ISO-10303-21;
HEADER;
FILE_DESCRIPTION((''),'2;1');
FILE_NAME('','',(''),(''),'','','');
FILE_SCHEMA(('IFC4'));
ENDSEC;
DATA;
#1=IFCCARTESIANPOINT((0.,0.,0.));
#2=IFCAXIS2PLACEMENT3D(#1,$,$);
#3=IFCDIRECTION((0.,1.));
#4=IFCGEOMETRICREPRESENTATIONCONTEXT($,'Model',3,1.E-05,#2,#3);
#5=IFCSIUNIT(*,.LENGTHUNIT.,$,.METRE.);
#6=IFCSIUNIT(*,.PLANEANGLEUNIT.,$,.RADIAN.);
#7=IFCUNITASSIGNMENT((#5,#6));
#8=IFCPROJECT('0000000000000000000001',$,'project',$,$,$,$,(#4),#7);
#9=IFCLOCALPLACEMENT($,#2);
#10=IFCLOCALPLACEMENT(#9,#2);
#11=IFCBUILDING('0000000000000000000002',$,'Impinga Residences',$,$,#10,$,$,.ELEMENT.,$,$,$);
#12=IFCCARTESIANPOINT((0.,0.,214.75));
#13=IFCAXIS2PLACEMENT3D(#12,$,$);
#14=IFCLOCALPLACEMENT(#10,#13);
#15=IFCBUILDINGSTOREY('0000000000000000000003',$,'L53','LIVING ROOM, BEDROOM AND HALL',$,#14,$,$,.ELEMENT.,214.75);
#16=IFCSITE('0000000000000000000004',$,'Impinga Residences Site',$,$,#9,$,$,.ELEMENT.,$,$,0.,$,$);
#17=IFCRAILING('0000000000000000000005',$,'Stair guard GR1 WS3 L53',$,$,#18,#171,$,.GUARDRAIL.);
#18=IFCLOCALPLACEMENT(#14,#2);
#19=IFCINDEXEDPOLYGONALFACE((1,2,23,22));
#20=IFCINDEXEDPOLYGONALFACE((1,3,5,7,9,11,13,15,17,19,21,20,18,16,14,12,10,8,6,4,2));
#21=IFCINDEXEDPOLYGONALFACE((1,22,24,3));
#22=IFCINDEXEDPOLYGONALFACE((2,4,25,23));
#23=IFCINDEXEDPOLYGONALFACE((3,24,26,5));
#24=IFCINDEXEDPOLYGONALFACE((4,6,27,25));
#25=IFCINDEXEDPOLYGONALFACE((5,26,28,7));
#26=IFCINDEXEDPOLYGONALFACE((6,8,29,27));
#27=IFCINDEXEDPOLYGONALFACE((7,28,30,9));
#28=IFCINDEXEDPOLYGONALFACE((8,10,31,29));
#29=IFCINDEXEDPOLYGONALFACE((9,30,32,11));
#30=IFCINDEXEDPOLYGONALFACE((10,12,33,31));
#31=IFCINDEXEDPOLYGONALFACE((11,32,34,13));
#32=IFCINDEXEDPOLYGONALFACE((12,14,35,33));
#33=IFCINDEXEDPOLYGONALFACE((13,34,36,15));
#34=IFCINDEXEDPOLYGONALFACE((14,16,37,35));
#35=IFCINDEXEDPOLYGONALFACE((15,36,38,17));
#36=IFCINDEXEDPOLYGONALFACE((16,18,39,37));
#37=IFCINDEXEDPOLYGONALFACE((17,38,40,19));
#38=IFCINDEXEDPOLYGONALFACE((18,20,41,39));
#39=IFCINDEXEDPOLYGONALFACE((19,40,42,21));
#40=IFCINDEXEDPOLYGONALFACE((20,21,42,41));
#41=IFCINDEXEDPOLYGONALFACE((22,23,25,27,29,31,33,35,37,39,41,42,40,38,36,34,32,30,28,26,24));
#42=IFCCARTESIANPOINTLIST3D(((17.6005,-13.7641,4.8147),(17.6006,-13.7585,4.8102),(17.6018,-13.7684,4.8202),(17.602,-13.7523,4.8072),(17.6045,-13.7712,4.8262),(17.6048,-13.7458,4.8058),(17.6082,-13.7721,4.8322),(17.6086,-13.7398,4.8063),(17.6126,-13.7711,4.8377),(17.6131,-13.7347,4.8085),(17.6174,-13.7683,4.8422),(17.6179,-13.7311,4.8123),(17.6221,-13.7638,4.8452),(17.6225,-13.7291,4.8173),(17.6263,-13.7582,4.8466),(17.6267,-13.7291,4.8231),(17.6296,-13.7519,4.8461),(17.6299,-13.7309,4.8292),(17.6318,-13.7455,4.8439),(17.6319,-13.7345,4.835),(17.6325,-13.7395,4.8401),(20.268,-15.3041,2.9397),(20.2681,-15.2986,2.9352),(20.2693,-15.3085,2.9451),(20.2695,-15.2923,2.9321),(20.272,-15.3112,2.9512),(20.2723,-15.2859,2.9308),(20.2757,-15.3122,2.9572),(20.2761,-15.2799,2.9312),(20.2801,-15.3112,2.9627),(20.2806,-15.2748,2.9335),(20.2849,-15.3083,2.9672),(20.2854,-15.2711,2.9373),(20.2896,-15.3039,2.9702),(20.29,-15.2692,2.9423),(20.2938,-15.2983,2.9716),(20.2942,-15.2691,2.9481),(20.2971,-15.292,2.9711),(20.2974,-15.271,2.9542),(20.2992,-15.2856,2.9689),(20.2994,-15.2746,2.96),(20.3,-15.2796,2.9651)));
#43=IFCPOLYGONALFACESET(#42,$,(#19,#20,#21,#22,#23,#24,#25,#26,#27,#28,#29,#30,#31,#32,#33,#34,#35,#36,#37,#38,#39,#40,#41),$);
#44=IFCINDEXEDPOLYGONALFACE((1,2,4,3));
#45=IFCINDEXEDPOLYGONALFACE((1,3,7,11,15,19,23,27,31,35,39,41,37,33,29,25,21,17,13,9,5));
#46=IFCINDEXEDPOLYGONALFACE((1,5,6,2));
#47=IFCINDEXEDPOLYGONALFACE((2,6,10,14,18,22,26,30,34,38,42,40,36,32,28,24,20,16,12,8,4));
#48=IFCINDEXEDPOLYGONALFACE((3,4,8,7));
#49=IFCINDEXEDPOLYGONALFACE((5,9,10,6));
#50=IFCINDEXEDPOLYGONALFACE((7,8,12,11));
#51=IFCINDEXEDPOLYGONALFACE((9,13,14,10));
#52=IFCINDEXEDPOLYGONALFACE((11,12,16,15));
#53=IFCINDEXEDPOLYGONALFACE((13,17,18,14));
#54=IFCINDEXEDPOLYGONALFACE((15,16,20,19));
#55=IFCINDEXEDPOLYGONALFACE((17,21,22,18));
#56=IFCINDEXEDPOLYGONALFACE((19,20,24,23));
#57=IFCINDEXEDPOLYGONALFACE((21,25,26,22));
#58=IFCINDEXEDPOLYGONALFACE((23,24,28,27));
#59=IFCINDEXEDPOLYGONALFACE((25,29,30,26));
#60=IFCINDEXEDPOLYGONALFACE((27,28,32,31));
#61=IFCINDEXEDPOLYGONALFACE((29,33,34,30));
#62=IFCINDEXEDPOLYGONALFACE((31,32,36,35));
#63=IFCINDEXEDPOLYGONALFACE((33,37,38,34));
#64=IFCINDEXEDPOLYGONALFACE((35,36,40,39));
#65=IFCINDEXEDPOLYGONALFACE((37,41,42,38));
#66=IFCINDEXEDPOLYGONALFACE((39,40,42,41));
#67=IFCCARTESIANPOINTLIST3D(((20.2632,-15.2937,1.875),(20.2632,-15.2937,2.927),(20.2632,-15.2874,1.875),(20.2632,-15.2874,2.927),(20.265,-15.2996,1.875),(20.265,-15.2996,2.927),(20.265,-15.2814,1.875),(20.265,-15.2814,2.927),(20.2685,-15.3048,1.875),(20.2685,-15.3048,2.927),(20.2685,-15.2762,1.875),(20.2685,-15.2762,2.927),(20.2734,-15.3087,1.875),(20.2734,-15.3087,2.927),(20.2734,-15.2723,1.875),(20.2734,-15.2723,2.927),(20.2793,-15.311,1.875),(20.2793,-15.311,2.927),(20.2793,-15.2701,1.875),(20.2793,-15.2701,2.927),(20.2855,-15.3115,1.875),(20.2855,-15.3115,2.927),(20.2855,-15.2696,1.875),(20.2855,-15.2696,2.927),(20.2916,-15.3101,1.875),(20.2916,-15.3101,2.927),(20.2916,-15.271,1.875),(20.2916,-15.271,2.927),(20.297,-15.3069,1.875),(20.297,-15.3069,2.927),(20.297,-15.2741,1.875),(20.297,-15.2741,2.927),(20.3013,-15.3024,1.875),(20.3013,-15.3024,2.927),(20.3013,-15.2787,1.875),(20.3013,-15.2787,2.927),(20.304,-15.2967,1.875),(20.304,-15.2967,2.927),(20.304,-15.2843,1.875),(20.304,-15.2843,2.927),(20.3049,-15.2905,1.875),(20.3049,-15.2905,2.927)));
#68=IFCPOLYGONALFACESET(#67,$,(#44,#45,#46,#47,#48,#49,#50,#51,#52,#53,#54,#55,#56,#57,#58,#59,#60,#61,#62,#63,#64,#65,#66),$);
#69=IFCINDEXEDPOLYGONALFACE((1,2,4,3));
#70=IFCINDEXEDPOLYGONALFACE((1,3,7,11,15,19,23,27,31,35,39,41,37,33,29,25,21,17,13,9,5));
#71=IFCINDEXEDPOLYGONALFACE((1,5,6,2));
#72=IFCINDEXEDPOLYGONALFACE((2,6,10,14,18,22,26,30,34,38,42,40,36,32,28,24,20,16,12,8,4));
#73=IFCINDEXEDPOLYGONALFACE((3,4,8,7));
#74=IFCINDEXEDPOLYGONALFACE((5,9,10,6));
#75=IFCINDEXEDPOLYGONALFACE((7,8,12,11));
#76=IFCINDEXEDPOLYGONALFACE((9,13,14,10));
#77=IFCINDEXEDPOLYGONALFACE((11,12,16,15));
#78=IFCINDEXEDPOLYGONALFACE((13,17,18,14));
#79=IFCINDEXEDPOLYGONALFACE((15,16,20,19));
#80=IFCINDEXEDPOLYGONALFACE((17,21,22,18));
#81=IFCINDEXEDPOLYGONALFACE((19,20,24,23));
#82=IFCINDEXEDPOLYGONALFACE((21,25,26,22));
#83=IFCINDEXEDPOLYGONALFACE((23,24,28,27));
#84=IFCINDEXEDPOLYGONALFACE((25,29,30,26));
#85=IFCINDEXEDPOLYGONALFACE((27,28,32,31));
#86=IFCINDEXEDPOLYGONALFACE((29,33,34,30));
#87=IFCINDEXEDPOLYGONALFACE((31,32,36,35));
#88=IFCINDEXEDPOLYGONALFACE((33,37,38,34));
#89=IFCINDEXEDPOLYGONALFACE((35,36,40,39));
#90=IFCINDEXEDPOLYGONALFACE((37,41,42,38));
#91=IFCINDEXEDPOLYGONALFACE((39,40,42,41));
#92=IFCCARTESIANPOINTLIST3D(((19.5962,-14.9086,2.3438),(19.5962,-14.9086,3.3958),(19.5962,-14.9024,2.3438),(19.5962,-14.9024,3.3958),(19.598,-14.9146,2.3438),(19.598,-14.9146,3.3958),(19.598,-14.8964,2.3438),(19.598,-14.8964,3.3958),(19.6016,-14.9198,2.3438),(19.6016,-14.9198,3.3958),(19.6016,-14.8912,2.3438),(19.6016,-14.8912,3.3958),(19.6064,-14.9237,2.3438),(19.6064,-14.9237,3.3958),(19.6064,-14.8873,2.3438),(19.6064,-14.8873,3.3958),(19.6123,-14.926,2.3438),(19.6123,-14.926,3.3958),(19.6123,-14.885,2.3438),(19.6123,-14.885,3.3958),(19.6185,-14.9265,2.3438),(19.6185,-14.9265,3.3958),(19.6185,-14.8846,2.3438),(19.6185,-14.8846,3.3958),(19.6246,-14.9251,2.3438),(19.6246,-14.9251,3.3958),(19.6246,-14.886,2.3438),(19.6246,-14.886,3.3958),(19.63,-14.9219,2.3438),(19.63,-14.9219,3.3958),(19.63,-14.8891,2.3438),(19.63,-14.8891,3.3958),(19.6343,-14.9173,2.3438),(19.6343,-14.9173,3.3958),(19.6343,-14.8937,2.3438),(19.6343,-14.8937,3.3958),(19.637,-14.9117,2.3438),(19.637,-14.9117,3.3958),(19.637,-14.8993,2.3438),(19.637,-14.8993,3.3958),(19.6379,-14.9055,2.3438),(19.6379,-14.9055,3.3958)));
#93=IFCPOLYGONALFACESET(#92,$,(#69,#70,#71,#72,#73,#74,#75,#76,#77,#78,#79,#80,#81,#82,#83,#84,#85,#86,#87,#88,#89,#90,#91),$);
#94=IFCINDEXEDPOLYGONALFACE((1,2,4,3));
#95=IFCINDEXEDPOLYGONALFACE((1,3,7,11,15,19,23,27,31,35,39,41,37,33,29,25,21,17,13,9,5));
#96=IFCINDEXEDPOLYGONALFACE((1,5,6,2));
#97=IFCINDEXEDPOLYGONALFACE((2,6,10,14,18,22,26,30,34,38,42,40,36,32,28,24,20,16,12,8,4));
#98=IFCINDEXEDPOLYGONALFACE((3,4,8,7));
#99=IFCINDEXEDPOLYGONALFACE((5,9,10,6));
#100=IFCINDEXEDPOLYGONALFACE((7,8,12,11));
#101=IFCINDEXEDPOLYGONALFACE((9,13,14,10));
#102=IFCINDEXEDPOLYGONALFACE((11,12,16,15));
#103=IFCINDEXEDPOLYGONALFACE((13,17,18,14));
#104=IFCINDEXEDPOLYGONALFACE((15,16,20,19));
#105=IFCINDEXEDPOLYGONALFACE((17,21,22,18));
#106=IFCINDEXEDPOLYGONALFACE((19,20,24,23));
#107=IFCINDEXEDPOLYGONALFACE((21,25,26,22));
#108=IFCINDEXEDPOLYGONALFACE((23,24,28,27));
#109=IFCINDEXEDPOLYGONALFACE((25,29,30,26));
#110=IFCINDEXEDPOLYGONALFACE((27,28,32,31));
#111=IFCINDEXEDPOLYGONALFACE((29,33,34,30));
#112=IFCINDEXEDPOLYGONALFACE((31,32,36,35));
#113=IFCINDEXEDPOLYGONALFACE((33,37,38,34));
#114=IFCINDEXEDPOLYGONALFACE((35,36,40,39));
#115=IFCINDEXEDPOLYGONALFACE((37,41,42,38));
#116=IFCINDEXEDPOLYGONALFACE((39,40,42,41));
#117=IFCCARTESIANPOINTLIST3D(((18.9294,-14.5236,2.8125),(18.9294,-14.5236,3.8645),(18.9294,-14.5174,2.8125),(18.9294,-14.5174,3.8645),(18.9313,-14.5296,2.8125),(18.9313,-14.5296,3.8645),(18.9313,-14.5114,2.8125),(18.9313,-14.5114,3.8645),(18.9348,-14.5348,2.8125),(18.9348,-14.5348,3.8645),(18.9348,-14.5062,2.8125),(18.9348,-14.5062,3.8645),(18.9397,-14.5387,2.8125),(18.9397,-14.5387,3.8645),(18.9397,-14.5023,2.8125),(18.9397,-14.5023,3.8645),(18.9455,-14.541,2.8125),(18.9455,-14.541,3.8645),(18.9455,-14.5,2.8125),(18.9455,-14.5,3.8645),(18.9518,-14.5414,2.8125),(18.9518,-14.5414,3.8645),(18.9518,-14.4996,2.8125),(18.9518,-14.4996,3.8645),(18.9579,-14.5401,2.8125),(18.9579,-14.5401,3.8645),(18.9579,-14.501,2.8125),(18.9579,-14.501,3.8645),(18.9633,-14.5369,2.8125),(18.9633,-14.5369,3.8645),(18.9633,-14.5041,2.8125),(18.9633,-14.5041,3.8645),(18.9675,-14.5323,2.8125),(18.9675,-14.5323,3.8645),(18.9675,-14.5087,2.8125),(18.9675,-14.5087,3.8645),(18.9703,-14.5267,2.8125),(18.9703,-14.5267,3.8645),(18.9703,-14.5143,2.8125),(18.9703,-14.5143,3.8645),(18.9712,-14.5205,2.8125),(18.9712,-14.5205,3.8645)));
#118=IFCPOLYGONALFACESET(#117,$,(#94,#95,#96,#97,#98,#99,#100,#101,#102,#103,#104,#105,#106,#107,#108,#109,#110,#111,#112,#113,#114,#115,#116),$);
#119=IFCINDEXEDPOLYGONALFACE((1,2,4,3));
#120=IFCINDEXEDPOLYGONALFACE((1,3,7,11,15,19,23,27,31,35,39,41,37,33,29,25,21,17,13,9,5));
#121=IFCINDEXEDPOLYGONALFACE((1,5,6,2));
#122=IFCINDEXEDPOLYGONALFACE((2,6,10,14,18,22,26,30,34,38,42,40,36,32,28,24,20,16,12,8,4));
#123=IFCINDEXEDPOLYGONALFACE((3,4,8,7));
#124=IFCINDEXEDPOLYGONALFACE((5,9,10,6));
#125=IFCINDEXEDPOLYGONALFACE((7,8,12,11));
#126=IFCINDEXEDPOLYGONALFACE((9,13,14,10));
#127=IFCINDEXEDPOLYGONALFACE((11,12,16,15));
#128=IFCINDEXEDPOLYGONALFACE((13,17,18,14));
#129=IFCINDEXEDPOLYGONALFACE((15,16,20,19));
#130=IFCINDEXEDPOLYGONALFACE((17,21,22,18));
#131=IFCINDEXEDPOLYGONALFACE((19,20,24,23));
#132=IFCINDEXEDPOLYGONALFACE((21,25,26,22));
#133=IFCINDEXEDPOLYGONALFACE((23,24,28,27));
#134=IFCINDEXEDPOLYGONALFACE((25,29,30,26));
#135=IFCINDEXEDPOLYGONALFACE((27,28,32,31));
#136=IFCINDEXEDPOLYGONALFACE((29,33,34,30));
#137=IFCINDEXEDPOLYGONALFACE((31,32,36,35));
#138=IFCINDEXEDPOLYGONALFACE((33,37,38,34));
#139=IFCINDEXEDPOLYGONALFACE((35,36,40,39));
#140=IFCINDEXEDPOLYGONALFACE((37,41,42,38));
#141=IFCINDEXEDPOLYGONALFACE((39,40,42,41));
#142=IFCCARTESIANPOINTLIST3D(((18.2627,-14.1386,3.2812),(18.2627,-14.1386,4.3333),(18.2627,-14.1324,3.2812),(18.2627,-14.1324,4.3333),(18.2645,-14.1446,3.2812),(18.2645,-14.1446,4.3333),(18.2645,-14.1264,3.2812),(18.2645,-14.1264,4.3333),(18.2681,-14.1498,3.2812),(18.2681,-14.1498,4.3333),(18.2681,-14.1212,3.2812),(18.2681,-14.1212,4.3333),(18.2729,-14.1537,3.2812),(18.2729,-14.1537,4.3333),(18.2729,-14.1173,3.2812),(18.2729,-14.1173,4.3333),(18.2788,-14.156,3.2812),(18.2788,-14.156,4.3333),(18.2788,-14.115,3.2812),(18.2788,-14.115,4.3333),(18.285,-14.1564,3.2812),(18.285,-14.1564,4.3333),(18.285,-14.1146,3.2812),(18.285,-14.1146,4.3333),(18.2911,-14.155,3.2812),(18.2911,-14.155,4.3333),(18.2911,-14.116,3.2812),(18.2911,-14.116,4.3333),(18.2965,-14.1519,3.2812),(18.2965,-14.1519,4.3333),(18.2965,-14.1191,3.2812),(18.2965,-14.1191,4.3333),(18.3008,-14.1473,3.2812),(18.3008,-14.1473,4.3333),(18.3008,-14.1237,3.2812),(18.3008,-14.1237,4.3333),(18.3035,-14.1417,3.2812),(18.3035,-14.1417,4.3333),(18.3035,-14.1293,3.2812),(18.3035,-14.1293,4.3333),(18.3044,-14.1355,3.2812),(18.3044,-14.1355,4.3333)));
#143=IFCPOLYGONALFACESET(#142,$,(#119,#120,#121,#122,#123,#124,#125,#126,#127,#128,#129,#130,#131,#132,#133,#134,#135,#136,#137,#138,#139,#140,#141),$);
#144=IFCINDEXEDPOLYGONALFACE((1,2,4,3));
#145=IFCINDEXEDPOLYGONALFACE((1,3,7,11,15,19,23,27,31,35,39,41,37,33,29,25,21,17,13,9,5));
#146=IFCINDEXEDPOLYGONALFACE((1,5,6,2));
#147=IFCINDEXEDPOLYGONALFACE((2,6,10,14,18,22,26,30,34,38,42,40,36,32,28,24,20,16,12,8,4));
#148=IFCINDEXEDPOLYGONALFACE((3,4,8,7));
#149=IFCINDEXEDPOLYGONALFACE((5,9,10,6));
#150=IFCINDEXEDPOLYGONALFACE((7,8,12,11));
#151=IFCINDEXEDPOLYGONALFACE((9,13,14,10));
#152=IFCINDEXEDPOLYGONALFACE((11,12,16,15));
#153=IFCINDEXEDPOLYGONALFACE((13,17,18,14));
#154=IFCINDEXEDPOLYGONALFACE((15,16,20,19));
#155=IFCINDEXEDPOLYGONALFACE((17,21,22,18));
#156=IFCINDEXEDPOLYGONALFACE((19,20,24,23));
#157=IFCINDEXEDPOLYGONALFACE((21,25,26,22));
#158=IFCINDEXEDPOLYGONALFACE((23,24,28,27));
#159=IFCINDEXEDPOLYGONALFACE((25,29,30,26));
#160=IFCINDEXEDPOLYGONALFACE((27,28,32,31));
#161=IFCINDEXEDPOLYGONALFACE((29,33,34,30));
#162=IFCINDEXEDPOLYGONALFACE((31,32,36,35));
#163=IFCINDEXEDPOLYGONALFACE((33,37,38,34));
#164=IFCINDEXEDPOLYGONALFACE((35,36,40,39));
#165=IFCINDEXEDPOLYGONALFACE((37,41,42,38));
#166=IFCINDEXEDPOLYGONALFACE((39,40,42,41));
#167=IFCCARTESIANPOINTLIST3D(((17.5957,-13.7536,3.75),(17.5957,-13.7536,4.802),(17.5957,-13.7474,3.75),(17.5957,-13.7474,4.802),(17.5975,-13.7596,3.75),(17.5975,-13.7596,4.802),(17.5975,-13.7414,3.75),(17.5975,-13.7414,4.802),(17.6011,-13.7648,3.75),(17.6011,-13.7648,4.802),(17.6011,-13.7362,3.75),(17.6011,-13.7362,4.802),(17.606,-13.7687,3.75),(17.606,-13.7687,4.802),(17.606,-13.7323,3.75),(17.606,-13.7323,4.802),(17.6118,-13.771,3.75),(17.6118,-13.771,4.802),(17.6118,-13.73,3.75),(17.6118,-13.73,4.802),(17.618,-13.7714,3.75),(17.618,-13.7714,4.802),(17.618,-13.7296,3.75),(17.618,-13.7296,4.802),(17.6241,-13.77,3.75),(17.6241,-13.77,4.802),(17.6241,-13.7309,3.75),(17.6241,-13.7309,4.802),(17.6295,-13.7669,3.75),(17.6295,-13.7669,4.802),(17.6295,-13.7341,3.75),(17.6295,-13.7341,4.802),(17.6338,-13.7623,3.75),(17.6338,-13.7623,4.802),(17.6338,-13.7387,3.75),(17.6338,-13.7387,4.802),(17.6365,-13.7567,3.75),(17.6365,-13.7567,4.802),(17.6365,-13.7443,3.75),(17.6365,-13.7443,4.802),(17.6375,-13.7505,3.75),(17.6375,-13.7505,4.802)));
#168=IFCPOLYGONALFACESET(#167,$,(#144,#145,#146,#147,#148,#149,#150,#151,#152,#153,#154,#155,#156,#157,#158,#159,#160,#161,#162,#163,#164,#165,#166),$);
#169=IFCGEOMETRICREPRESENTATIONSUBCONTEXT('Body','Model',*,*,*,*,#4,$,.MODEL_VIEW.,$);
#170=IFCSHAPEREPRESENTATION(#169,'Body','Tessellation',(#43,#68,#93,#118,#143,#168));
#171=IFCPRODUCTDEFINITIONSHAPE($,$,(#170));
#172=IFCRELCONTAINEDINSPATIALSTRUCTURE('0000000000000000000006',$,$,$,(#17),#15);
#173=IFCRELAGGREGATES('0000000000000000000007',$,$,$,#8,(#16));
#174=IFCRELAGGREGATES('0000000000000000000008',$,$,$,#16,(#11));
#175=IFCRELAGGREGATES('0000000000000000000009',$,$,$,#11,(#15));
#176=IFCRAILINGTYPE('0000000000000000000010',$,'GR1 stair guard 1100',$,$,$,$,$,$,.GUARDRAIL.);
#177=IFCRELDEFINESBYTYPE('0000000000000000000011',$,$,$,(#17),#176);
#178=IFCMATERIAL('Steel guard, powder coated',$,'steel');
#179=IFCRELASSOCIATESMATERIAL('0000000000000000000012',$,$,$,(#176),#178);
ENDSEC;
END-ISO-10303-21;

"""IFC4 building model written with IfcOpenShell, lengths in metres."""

from ifc_helpers import new_model, si_unit, direction, frame, origin, origin_2d, place, context, subcontext, project, spatial, circle, extrude, material, type_object, element, save


model = new_model("IFC4")

# Units and contexts
model_context = context("Model", 3, precision=1e-05, world=origin(), true_north=direction((0.0, 1.0)))
body_context = subcontext(model_context, "Body", "Model", "MODEL_VIEW")
ifc_project = project(units=[si_unit("LENGTHUNIT", "METRE"), si_unit("PLANEANGLEUNIT", "RADIAN")], contexts=[model_context])

# Site, building, storey
site_placement = place(None, origin())
site = spatial("IfcSite", under=ifc_project, at=site_placement, Name="Impinga Residences Site", CompositionType="ELEMENT", RefElevation=0.0)
building_placement = place(site_placement, origin())
building = spatial("IfcBuilding", under=site, at=building_placement, Name="Impinga Residences", CompositionType="ELEMENT")
storey_placement = place(building_placement, frame((0.0, 0.0, 214.75)))
storey = spatial("IfcBuildingStorey", under=building, at=storey_placement, Name="L53", Description="LIVING ROOM, BEDROOM AND HALL", CompositionType="ELEMENT", Elevation=214.75)

# Railing
ifc_material_1 = material(Name="Steel guard, powder coated", Category="steel")
railing_type_1 = type_object("IfcRailingType", Name="GR1 stair guard 1100", PredefinedType="GUARDRAIL", material=ifc_material_1)
railing_1_placement = place(storey_placement, frame((20.2839, -15.2905, 1.875)))
element("IfcRailing", 1, at=railing_1_placement, inside=storey, type_object=railing_type_1, Name="Stair guard GR1 WS3 L53", PredefinedType="GUARDRAIL", context=body_context, shape_type="SweptSolid", body=[
    extrude(circle(Radius=0.0239, at=origin_2d()), frame((0.0, 0.0, 1.0762), z_axis=(-0.739746, 0.427084, 0.519975), x_axis=(-0.499992, -0.86603, 0.0)), (0.0, 0.0, 1.0), 3.606),
    extrude(circle(Radius=0.021, at=origin_2d()), origin(), (0.0, 0.0, 1.0), 1.052),
    extrude(circle(Radius=0.021, at=origin_2d()), frame((-0.667, 0.385, 0.4688)), (0.0, 0.0, 1.0), 1.052),
    extrude(circle(Radius=0.021, at=origin_2d()), frame((-1.3337, 0.77, 0.9375)), (0.0, 0.0, 1.0), 1.052),
    extrude(circle(Radius=0.021, at=origin_2d()), frame((-2.0005, 1.155, 1.4062)), (0.0, 0.0, 1.0), 1.052),
    extrude(circle(Radius=0.021, at=origin_2d()), frame((-2.6675, 1.54, 1.875)), (0.0, 0.0, 1.0), 1.052),
])

save(model, "model.ifc")
